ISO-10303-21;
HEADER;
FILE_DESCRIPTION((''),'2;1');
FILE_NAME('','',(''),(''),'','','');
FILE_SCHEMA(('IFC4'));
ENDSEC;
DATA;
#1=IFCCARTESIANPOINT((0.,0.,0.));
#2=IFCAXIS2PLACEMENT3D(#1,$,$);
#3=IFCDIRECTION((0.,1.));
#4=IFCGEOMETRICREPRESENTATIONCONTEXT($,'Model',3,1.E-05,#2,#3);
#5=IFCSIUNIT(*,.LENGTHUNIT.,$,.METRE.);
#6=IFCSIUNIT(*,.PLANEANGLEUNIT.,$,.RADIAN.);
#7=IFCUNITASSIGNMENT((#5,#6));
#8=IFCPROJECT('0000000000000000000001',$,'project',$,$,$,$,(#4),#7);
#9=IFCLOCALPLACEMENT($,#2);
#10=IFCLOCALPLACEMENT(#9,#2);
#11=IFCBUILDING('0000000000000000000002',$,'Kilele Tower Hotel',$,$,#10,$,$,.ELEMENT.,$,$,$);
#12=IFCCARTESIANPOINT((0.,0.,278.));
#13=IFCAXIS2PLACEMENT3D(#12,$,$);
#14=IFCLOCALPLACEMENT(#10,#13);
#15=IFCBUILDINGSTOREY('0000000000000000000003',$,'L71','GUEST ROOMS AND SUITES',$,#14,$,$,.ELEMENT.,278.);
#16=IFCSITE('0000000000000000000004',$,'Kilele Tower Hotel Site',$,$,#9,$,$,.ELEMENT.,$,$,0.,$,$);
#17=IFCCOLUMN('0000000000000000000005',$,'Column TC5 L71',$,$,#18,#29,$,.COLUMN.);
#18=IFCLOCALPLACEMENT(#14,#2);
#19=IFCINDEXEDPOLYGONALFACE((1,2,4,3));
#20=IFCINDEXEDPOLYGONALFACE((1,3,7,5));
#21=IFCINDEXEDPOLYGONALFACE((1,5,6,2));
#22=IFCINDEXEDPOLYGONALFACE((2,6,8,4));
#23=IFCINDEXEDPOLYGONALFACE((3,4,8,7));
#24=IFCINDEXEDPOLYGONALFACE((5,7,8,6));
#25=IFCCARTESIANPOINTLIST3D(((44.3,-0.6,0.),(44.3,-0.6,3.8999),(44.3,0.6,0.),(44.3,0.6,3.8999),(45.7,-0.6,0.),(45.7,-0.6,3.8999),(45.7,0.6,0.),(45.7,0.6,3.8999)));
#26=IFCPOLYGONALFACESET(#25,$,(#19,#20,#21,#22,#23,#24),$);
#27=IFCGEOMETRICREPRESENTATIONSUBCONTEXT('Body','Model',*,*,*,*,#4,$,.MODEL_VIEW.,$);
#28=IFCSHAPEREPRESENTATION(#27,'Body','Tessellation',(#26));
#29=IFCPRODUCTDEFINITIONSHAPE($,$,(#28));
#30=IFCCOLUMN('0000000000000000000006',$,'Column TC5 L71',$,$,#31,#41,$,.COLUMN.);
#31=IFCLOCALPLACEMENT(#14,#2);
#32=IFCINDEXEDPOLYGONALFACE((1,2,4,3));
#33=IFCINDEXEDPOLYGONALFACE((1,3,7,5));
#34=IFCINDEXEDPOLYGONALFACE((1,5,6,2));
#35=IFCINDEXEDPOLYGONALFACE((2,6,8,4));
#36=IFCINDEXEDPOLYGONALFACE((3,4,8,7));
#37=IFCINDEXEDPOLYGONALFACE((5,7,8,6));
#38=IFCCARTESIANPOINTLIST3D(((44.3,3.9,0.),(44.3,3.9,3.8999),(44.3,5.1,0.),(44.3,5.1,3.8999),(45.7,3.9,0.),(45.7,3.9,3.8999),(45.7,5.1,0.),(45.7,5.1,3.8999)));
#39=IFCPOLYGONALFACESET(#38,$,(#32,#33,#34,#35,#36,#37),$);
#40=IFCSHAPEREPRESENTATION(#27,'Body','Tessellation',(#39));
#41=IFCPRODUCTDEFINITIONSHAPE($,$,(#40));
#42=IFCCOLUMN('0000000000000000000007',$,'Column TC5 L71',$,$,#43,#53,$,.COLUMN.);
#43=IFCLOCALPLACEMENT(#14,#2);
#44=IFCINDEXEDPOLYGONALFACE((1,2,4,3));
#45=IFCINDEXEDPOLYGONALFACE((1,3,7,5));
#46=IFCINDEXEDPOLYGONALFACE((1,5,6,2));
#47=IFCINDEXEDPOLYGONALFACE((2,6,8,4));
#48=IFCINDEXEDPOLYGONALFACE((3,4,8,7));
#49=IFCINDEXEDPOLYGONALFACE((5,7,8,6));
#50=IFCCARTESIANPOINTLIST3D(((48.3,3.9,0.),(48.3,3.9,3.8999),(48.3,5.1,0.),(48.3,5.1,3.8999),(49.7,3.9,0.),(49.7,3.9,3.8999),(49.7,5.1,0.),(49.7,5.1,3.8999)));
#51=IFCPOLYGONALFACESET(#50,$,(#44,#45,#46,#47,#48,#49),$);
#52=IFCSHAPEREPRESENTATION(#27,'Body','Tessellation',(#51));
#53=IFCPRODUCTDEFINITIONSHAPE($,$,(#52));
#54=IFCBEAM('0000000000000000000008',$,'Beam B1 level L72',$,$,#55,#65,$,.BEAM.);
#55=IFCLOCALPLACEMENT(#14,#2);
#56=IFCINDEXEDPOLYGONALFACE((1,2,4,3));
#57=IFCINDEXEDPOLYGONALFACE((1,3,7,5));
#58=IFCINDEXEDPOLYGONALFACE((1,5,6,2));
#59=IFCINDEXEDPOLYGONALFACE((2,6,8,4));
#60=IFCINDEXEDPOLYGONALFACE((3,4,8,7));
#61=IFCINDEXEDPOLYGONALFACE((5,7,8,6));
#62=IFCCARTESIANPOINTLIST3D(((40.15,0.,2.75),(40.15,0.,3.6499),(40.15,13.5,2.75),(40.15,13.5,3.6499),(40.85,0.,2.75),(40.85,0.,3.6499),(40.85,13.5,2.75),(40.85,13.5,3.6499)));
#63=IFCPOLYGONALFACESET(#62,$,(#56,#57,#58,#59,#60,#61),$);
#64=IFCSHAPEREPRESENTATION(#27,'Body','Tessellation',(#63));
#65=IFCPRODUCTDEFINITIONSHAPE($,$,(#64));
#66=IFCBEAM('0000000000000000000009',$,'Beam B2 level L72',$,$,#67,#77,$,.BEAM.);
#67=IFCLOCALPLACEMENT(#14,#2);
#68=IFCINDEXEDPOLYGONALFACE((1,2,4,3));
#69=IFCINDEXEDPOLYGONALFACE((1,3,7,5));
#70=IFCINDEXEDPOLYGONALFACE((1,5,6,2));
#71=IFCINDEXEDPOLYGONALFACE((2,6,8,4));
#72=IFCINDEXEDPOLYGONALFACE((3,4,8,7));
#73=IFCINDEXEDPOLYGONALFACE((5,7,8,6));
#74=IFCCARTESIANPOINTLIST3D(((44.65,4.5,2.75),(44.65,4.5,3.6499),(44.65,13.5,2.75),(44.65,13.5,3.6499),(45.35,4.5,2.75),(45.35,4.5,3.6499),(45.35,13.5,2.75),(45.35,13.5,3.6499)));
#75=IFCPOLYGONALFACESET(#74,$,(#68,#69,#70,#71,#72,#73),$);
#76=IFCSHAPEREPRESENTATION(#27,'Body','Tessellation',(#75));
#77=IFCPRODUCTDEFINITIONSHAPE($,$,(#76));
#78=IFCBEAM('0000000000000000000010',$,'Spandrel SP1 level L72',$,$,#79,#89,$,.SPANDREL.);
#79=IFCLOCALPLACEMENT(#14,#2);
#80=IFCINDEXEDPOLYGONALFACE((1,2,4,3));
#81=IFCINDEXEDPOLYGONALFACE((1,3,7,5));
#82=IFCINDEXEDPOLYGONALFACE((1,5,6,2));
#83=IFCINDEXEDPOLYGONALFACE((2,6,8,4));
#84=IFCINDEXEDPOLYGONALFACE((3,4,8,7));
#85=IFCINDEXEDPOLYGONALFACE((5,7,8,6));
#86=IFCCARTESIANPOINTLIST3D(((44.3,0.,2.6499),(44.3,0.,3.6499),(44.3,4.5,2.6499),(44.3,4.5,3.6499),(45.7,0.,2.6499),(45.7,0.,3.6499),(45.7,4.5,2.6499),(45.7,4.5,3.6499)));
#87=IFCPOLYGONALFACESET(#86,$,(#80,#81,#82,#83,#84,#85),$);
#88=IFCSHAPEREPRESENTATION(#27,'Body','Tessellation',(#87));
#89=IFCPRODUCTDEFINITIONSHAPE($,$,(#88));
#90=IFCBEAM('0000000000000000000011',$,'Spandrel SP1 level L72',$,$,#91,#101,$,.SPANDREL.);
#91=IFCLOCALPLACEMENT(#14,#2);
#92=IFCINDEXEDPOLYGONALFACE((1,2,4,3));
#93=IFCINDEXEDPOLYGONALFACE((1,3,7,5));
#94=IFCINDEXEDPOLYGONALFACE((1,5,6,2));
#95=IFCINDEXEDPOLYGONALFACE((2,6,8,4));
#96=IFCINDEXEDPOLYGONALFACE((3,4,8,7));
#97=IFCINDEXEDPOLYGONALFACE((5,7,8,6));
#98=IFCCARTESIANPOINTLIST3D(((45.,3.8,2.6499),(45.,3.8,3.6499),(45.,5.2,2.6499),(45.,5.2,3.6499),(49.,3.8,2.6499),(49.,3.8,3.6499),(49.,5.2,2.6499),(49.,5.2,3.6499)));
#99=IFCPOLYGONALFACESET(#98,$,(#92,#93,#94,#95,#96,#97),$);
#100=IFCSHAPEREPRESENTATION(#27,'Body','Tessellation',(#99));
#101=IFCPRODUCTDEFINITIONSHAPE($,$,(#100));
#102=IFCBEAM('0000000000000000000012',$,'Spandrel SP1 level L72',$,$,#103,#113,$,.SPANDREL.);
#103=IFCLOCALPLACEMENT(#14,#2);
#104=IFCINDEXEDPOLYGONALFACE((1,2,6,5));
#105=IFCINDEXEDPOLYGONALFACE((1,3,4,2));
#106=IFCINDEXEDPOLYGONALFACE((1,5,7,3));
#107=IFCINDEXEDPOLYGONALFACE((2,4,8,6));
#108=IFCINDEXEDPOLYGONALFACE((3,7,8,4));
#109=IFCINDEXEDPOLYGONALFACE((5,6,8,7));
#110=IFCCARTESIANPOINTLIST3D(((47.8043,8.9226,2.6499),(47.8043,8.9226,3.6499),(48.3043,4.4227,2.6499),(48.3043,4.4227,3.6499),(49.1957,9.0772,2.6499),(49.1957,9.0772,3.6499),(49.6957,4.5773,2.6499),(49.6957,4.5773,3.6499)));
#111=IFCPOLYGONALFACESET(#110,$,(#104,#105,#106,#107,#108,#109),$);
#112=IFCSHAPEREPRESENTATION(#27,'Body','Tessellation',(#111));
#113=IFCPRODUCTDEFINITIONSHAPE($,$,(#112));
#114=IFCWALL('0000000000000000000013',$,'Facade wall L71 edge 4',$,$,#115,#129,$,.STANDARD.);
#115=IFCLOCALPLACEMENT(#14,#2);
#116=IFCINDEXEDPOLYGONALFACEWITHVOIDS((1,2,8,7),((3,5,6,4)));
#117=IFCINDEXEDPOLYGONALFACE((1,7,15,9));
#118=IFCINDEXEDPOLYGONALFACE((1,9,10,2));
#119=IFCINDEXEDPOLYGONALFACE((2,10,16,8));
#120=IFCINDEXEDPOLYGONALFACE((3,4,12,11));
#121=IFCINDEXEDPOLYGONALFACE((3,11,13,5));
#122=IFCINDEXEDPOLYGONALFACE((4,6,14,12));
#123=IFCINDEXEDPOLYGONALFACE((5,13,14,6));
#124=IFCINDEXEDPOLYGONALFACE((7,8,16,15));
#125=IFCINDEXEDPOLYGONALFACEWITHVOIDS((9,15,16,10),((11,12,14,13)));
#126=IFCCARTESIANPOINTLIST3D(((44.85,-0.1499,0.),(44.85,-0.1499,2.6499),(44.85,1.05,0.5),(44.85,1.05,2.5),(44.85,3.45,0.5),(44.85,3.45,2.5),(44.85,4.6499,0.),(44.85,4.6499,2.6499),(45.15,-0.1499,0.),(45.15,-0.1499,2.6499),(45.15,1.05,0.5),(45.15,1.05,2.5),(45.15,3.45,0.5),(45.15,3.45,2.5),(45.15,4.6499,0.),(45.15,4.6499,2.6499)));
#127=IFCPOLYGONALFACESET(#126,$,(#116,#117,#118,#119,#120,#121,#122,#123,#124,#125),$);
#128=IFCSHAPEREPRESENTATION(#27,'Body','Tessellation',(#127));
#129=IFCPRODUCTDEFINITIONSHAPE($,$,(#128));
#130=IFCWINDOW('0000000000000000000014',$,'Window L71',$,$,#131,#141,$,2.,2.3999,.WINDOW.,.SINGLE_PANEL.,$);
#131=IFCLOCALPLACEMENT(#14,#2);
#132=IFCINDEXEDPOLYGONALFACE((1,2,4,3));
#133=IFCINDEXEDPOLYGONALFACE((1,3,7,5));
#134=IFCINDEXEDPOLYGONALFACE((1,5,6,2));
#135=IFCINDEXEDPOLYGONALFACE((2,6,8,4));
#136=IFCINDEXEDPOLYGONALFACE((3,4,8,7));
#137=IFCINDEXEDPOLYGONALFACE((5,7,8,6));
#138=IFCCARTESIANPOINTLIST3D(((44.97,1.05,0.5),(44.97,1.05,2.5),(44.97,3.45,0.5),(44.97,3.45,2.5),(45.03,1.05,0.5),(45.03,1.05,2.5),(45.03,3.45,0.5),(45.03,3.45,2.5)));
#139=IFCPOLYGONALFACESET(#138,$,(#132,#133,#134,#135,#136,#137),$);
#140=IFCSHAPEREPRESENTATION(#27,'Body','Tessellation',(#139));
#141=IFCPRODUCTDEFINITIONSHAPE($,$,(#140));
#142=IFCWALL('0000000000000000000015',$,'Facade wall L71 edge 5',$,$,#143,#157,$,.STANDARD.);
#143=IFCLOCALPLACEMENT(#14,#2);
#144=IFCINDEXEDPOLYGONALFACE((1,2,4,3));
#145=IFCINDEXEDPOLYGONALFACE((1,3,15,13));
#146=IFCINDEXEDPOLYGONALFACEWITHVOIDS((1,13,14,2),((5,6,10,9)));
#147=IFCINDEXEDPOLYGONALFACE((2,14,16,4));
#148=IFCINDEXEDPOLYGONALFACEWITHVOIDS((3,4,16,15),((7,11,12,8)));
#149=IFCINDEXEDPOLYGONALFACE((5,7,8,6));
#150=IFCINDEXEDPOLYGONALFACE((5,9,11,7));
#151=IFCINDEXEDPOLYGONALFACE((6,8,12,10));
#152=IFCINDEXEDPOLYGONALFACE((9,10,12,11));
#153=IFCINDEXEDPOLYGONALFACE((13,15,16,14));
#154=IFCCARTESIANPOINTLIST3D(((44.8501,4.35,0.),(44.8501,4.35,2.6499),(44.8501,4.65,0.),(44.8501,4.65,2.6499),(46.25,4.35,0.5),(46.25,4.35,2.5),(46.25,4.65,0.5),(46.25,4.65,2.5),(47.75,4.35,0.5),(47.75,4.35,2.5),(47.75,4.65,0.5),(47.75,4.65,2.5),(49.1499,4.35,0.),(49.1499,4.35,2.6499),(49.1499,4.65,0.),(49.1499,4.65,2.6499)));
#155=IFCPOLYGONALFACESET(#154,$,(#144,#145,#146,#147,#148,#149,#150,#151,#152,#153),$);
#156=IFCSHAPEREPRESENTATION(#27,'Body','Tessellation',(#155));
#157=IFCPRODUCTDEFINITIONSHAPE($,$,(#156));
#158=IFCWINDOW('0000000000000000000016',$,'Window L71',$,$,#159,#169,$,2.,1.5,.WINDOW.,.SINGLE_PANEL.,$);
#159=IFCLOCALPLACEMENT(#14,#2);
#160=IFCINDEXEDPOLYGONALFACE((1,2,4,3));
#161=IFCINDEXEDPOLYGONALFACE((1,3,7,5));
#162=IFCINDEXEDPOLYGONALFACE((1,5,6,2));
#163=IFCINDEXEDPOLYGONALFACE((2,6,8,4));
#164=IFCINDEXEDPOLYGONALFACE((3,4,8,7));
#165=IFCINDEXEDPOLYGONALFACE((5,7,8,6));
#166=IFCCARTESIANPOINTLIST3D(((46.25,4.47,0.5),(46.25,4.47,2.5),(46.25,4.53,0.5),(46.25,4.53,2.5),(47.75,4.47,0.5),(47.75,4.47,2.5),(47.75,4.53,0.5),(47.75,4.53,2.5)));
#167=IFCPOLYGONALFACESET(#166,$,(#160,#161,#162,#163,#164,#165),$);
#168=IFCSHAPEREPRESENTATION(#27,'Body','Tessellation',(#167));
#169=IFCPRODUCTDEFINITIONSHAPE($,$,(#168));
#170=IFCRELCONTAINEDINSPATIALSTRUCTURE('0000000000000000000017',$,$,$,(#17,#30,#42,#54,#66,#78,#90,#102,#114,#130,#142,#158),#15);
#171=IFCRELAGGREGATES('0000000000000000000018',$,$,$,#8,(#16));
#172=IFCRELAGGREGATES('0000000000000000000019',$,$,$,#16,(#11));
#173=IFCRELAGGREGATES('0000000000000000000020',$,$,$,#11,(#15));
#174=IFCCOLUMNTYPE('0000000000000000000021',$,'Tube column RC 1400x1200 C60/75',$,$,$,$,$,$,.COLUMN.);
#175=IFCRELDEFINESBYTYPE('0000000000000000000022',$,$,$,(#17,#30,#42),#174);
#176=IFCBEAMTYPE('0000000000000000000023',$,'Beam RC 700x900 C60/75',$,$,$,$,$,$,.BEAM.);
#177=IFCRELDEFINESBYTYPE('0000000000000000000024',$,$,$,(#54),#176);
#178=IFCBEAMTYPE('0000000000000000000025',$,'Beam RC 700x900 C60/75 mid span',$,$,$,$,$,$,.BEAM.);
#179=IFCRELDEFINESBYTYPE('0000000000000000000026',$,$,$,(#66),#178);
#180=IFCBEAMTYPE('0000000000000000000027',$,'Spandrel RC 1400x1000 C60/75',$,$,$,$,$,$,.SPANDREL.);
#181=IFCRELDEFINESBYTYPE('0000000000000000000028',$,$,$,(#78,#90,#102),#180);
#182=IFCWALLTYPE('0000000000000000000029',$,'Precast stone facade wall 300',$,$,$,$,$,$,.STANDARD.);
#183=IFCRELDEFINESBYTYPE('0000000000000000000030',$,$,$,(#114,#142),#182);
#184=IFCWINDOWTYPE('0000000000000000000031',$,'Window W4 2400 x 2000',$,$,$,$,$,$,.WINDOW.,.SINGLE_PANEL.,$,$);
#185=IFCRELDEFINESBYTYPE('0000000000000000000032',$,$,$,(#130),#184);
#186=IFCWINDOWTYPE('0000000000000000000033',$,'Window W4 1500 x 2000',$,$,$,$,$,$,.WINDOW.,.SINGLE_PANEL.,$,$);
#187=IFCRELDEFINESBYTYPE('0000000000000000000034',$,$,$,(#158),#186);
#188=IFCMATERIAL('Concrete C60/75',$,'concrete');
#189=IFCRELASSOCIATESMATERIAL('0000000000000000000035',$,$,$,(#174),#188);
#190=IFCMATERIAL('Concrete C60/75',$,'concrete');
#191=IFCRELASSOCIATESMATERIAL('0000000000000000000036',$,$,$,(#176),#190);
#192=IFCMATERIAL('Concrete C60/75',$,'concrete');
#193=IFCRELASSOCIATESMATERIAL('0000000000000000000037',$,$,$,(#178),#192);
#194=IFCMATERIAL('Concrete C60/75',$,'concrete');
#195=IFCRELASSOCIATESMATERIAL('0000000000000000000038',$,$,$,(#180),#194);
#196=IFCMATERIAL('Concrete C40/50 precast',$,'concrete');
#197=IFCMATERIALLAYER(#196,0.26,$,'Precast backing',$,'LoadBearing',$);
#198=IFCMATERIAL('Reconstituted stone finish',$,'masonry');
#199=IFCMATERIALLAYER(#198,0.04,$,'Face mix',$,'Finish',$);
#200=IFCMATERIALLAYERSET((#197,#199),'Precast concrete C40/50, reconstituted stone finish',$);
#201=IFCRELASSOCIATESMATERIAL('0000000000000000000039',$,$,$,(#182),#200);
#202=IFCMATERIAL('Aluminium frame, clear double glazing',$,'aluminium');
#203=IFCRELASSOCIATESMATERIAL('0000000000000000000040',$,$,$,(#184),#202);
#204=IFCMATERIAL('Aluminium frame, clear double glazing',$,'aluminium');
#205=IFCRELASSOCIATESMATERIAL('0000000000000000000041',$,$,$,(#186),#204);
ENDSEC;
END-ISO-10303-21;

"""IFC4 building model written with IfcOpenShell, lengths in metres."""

from ifc_helpers import new_model, si_unit, direction, frame, frame_2d, origin, origin_2d, place, context, subcontext, project, spatial, rectangle, extrude, material, layer, layer_set, material_profile, profile_set, type_object, element, fill, save


model = new_model("IFC4")

# Units and contexts
model_context = context("Model", 3, precision=1e-05, world=origin(), true_north=direction((0.0, 1.0)))
body_context = subcontext(model_context, "Body", "Model", "MODEL_VIEW")
ifc_project = project(units=[si_unit("LENGTHUNIT", "METRE"), si_unit("PLANEANGLEUNIT", "RADIAN")], contexts=[model_context])

# Site, building, storey
site_placement = place(None, origin())
site = spatial("IfcSite", under=ifc_project, at=site_placement, Name="Kilele Tower Hotel Site", CompositionType="ELEMENT", RefElevation=0.0)
building_placement = place(site_placement, origin())
building = spatial("IfcBuilding", under=site, at=building_placement, Name="Kilele Tower Hotel", CompositionType="ELEMENT")
storey_placement = place(building_placement, frame((0.0, 0.0, 278.0)))
storey = spatial("IfcBuildingStorey", under=building, at=storey_placement, Name="L71", Description="GUEST ROOMS AND SUITES", CompositionType="ELEMENT", Elevation=278.0)

# Columns
ifc_material_1 = material(Name="Concrete C60/75", Category="concrete")
ifc_material_profile_1 = material_profile(ifc_material_1, rectangle(XDim=1.3999, YDim=1.2, at=origin_2d()))
ifc_profile_set_1 = profile_set([ifc_material_profile_1], Name="Concrete C60/75")
column_type = type_object("IfcColumnType", Name="Tube column RC 1400x1200 C60/75", PredefinedType="COLUMN", material=ifc_profile_set_1)
for number, where, z_axis, x_axis, name in (
    (1, (45.0, 0.0, 0.0), (0.0, 0.0, 1.0), (1.0, 0.0, 0.0), "Column TC5 L71"),
    (2, (45.0, 4.5, 0.0), (0.0, 0.0, 1.0), (1.0, 0.0, 0.0), "Column TC5 L71"),
    (3, (49.0, 4.5, 0.0), (0.0, 0.0, 1.0), (1.0, 0.0, 0.0), "Column TC5 L71"),
):
    element("IfcColumn", number, at=place(storey_placement, frame(where, z_axis=z_axis, x_axis=x_axis)), inside=storey, type_object=column_type, Name=name, PredefinedType="COLUMN", context=body_context, shape_type="SweptSolid", body=[
        extrude(rectangle(XDim=1.3999, YDim=1.2, at=origin_2d()), origin(), (0.0, 0.0, 1.0), 3.8999),
    ])

# Beams
ifc_material_2 = material(Name="Concrete C60/75", Category="concrete")
ifc_material_profile_2 = material_profile(ifc_material_2, rectangle(XDim=0.7, YDim=0.8999, at=origin_2d()))
ifc_profile_set_2 = profile_set([ifc_material_profile_2], Name="Concrete C60/75")
beam_type_1 = type_object("IfcBeamType", Name="Beam RC 700x900 C60/75", PredefinedType="BEAM", material=ifc_profile_set_2)
beam_1_placement = place(storey_placement, frame((40.5, 0.0, 3.2), z_axis=(0.0, 1.0, 0.0), x_axis=(-1.0, 0.0, 0.0)))
element("IfcBeam", 4, at=beam_1_placement, inside=storey, type_object=beam_type_1, Name="Beam B1 level L72", PredefinedType="BEAM", context=body_context, shape_type="SweptSolid", body=[
    extrude(rectangle(XDim=0.7, YDim=0.8999, at=origin_2d()), origin(), (0.0, 0.0, 1.0), 13.5),
])
ifc_material_3 = material(Name="Concrete C60/75", Category="concrete")
ifc_material_profile_3 = material_profile(ifc_material_3, rectangle(XDim=0.7, YDim=0.8999, at=origin_2d()))
ifc_profile_set_3 = profile_set([ifc_material_profile_3], Name="Concrete C60/75")
beam_type_2 = type_object("IfcBeamType", Name="Beam RC 700x900 C60/75 mid span", PredefinedType="BEAM", material=ifc_profile_set_3)
beam_2_placement = place(storey_placement, frame((45.0, 4.5, 3.2), z_axis=(0.0, 1.0, 0.0), x_axis=(-1.0, 0.0, 0.0)))
element("IfcBeam", 5, at=beam_2_placement, inside=storey, type_object=beam_type_2, Name="Beam B2 level L72", PredefinedType="BEAM", context=body_context, shape_type="SweptSolid", body=[
    extrude(rectangle(XDim=0.7, YDim=0.8999, at=origin_2d()), origin(), (0.0, 0.0, 1.0), 9.0),
])
ifc_material_4 = material(Name="Concrete C60/75", Category="concrete")
ifc_material_profile_4 = material_profile(ifc_material_4, rectangle(XDim=1.3999, YDim=1.0, at=origin_2d()))
ifc_profile_set_4 = profile_set([ifc_material_profile_4], Name="Concrete C60/75")
beam_type_3 = type_object("IfcBeamType", Name="Spandrel RC 1400x1000 C60/75", PredefinedType="SPANDREL", material=ifc_profile_set_4)
beam_3_placement = place(storey_placement, frame((45.0, 0.0, 3.1499), z_axis=(0.0, 1.0, 0.0), x_axis=(-1.0, 0.0, 0.0)))
element("IfcBeam", 6, at=beam_3_placement, inside=storey, type_object=beam_type_3, Name="Spandrel SP1 level L72", PredefinedType="SPANDREL", context=body_context, shape_type="SweptSolid", body=[
    extrude(rectangle(XDim=1.3999, YDim=1.0, at=origin_2d()), origin(), (0.0, 0.0, 1.0), 4.5),
])
beam_4_placement = place(storey_placement, frame((45.0, 4.5, 3.1499), z_axis=(1.0, 0.0, 0.0), x_axis=(0.0, 1.0, 0.0)))
element("IfcBeam", 7, at=beam_4_placement, inside=storey, type_object=beam_type_3, Name="Spandrel SP1 level L72", PredefinedType="SPANDREL", context=body_context, shape_type="SweptSolid", body=[
    extrude(rectangle(XDim=1.3999, YDim=1.0, at=origin_2d()), origin(), (0.0, 0.0, 1.0), 4.0),
])
beam_5_placement = place(storey_placement, frame((49.0, 4.5, 3.1499), z_axis=(-0.110432, 0.993884, 0.0), x_axis=(-0.993884, -0.110432, 0.0)))
element("IfcBeam", 8, at=beam_5_placement, inside=storey, type_object=beam_type_3, Name="Spandrel SP1 level L72", PredefinedType="SPANDREL", context=body_context, shape_type="SweptSolid", body=[
    extrude(rectangle(XDim=1.3999, YDim=1.0, at=origin_2d()), origin(), (0.0, 0.0, 1.0), 4.5276),
])

# Walls, openings, windows
ifc_material_5 = material(Name="Concrete C40/50 precast", Category="concrete")
ifc_layer_1 = layer(ifc_material_5, 0.26, Name="Precast backing", Category="LoadBearing")
ifc_material_6 = material(Name="Reconstituted stone finish", Category="masonry")
ifc_layer_2 = layer(ifc_material_6, 0.04, Name="Face mix", Category="Finish")
ifc_layer_set = layer_set([ifc_layer_1, ifc_layer_2], Name="Precast concrete C40/50, reconstituted stone finish")
wall_type = type_object("IfcWallType", Name="Precast stone facade wall 300", PredefinedType="STANDARD", material=ifc_layer_set)
wall_1_placement = place(storey_placement, frame((45.0, -0.1499, 0.0), z_axis=(0.0, 0.0, 1.0), x_axis=(0.0, 1.0, 0.0)))
wall_1 = element("IfcWall", 9, at=wall_1_placement, inside=storey, type_object=wall_type, Name="Facade wall L71 edge 4", PredefinedType="STANDARD", context=body_context, shape_type="SweptSolid", body=[
    extrude(rectangle(XDim=4.7998, YDim=0.3, at=frame_2d((2.3999, 0.0))), origin(), (0.0, 0.0, 1.0), 2.6499),
])
opening_1_placement = place(wall_1_placement, frame((1.2, 0.0, 0.5)))
opening_1 = element("IfcOpeningElement", 10, at=opening_1_placement, cuts=wall_1, PredefinedType="OPENING", context=body_context, shape_type="SweptSolid", body=[
    extrude(rectangle(XDim=2.3999, YDim=2.0, at=frame_2d((1.2, 1.0))), frame((0.0, 0.1599, 0.0), z_axis=(0.0, -1.0, 0.0), x_axis=(1.0, 0.0, 0.0)), (0.0, 0.0, 1.0), 0.3201),
])
ifc_material_7 = material(Name="Aluminium frame, clear double glazing", Category="aluminium")
window_type_1 = type_object("IfcWindowType", Name="Window W4 2400 x 2000", PartitioningType="SINGLE_PANEL", PredefinedType="WINDOW", material=ifc_material_7)
window_1_placement = place(opening_1_placement, origin())
window_1 = element("IfcWindow", 11, at=window_1_placement, inside=storey, type_object=window_type_1, Name="Window L71", OverallHeight=2.0, OverallWidth=2.3999, PartitioningType="SINGLE_PANEL", PredefinedType="WINDOW", context=body_context, shape_type="SweptSolid", body=[
    extrude(rectangle(XDim=2.3999, YDim=2.0, at=frame_2d((1.2, 1.0))), frame((0.0, 0.03, 0.0), z_axis=(0.0, -1.0, 0.0), x_axis=(1.0, 0.0, 0.0)), (0.0, 0.0, 1.0), 0.0601),
])
fill(opening_1, window_1)
wall_2_placement = place(storey_placement, frame((44.8501, 4.5, 0.0), z_axis=(0.0, 0.0, 1.0), x_axis=(1.0, 0.0, 0.0)))
wall_2 = element("IfcWall", 12, at=wall_2_placement, inside=storey, type_object=wall_type, Name="Facade wall L71 edge 5", PredefinedType="STANDARD", context=body_context, shape_type="SweptSolid", body=[
    extrude(rectangle(XDim=4.2998, YDim=0.3, at=frame_2d((2.1499, 0.0))), origin(), (0.0, 0.0, 1.0), 2.6499),
])
opening_2_placement = place(wall_2_placement, frame((1.3999, 0.0, 0.5)))
opening_2 = element("IfcOpeningElement", 13, at=opening_2_placement, cuts=wall_2, PredefinedType="OPENING", context=body_context, shape_type="SweptSolid", body=[
    extrude(rectangle(XDim=1.5, YDim=2.0, at=frame_2d((0.75, 1.0))), frame((0.0, 0.1599, 0.0), z_axis=(0.0, -1.0, 0.0), x_axis=(1.0, 0.0, 0.0)), (0.0, 0.0, 1.0), 0.3201),
])
ifc_material_8 = material(Name="Aluminium frame, clear double glazing", Category="aluminium")
window_type_2 = type_object("IfcWindowType", Name="Window W4 1500 x 2000", PartitioningType="SINGLE_PANEL", PredefinedType="WINDOW", material=ifc_material_8)
window_2_placement = place(opening_2_placement, origin())
window_2 = element("IfcWindow", 14, at=window_2_placement, inside=storey, type_object=window_type_2, Name="Window L71", OverallHeight=2.0, OverallWidth=1.5, PartitioningType="SINGLE_PANEL", PredefinedType="WINDOW", context=body_context, shape_type="SweptSolid", body=[
    extrude(rectangle(XDim=1.5, YDim=2.0, at=frame_2d((0.75, 1.0))), frame((0.0, 0.03, 0.0), z_axis=(0.0, -1.0, 0.0), x_axis=(1.0, 0.0, 0.0)), (0.0, 0.0, 1.0), 0.0601),
])
fill(opening_2, window_2)

save(model, "model.ifc")
